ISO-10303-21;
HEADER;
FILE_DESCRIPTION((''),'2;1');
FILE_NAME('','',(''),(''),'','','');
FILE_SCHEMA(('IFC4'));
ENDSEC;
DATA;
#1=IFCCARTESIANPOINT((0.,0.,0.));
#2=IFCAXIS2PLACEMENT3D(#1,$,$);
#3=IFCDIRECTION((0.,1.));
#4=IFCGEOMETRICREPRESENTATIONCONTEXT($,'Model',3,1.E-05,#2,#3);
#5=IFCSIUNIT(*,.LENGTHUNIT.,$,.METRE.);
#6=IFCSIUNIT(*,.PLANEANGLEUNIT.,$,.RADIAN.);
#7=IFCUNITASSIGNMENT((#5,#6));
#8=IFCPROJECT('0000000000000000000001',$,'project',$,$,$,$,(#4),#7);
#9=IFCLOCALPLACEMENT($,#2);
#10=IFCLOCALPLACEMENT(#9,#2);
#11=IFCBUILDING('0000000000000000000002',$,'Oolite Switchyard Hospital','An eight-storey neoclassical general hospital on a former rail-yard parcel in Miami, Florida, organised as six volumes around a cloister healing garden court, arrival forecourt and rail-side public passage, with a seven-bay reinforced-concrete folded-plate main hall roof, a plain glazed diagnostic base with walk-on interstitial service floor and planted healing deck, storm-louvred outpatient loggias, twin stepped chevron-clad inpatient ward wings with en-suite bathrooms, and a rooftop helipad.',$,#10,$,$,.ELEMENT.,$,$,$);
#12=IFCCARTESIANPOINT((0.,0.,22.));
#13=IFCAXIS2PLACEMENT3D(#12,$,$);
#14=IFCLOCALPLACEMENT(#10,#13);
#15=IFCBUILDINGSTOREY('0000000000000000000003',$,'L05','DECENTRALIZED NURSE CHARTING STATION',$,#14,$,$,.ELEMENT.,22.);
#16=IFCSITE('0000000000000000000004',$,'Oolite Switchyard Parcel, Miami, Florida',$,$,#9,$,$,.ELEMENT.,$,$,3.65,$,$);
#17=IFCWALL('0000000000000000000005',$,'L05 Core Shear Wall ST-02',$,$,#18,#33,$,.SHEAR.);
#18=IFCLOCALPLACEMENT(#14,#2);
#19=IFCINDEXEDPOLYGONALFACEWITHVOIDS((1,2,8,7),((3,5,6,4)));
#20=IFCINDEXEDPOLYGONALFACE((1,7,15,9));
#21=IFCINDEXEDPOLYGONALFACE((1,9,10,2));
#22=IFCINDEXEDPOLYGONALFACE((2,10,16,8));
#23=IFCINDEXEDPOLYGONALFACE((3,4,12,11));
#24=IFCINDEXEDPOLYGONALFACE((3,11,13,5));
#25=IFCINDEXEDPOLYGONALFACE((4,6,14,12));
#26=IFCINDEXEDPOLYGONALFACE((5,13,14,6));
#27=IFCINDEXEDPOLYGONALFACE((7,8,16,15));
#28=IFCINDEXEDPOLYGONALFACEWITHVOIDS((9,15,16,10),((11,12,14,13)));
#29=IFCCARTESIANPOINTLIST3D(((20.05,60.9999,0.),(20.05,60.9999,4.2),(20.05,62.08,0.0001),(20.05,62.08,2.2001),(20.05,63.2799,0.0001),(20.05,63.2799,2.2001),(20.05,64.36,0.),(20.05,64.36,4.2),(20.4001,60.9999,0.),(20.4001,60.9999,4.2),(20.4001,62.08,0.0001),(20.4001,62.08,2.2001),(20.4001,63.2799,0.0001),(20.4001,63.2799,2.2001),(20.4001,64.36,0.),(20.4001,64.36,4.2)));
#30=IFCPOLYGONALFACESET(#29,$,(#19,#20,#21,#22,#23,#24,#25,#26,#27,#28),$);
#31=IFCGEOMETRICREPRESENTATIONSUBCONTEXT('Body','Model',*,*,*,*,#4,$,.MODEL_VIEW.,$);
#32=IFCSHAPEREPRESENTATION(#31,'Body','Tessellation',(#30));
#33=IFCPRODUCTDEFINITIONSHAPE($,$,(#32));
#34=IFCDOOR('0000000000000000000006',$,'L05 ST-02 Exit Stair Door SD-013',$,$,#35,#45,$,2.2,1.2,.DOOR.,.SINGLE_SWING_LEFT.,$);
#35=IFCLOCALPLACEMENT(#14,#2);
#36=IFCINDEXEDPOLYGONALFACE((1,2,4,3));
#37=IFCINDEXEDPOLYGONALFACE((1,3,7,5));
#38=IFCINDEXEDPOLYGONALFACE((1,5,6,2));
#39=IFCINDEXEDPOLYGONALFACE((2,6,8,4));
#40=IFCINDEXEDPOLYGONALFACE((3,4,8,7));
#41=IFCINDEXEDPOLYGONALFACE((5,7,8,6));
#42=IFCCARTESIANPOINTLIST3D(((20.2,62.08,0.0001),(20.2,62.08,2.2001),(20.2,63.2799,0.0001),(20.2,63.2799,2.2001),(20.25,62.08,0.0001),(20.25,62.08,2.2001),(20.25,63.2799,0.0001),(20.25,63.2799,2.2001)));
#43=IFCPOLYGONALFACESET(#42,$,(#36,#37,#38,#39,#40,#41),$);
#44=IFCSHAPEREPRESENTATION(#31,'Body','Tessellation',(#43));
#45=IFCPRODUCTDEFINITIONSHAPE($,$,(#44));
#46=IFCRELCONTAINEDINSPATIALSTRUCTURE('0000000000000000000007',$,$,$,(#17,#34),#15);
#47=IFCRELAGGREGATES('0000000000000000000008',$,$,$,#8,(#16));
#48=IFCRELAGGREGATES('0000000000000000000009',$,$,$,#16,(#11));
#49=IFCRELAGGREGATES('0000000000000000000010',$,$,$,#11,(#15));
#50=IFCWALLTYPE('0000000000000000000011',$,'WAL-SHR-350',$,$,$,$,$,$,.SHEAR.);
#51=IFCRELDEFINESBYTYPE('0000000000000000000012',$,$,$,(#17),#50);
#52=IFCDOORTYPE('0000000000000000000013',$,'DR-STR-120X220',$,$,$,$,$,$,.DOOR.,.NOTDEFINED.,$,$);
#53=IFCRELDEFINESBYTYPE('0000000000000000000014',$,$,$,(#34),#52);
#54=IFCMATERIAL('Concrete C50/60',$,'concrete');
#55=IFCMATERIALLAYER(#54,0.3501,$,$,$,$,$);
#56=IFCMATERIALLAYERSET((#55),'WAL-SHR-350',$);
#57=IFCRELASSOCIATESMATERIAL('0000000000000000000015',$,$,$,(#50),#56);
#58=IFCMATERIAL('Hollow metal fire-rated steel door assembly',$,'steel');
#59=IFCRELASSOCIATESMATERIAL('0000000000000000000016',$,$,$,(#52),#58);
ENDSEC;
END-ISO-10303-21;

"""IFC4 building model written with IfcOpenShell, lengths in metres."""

from ifc_helpers import new_model, si_unit, direction, frame, frame_2d, origin, place, context, subcontext, project, spatial, rectangle, extrude, material, layer, layer_set, type_object, element, fill, save


model = new_model("IFC4")

# Units and contexts
model_context = context("Model", 3, precision=1e-05, world=origin(), true_north=direction((0.0, 1.0)))
body_context = subcontext(model_context, "Body", "Model", "MODEL_VIEW")
ifc_project = project(units=[si_unit("LENGTHUNIT", "METRE"), si_unit("PLANEANGLEUNIT", "RADIAN")], contexts=[model_context])

# Site, building, storey
site_placement = place(None, origin())
site = spatial("IfcSite", under=ifc_project, at=site_placement, Name="Oolite Switchyard Parcel, Miami, Florida", CompositionType="ELEMENT", RefElevation=3.65)
building_placement = place(site_placement, origin())
building = spatial("IfcBuilding", under=site, at=building_placement, Name="Oolite Switchyard Hospital", Description="An eight-storey neoclassical general hospital on a former rail-yard parcel in Miami, Florida, organised as six volumes around a cloister healing garden court, arrival forecourt and rail-side public passage, with a seven-bay reinforced-concrete folded-plate main hall roof, a plain glazed diagnostic base with walk-on interstitial service floor and planted healing deck, storm-louvred outpatient loggias, twin stepped chevron-clad inpatient ward wings with en-suite bathrooms, and a rooftop helipad.", CompositionType="ELEMENT")
storey_placement = place(building_placement, frame((0.0, 0.0, 22.0)))
storey = spatial("IfcBuildingStorey", under=building, at=storey_placement, Name="L05", Description="DECENTRALIZED NURSE CHARTING STATION", CompositionType="ELEMENT", Elevation=22.0)

# Shared definitions
ifc_material_1 = material(Name="Concrete C50/60", Category="concrete")

# Wall, opening, door
ifc_layer_1 = layer(ifc_material_1, 0.3501)
ifc_layer_set_1 = layer_set([ifc_layer_1], Name="WAL-SHR-350")
wall_type_1 = type_object("IfcWallType", Name="WAL-SHR-350", PredefinedType="SHEAR", material=ifc_layer_set_1)
wall_1_placement = place(storey_placement, frame((20.2251, 64.3601, 0.0), z_axis=(0.0, 0.0, 1.0), x_axis=(0.0, -1.0, 0.0)))
wall_1 = element("IfcWall", 1, at=wall_1_placement, inside=storey, type_object=wall_type_1, Name="L05 Core Shear Wall ST-02", PredefinedType="SHEAR", context=body_context, shape_type="SweptSolid", body=[
    extrude(rectangle(XDim=3.3601, YDim=0.3501, at=frame_2d((1.6802, 0.0))), origin(), (0.0, 0.0, 1.0), 4.2),
])
opening_1_placement = place(wall_1_placement, frame((1.0801, 0.0, 0.0)))
opening_1 = element("IfcOpeningElement", 2, at=opening_1_placement, cuts=wall_1, PredefinedType="OPENING", context=body_context, shape_type="SweptSolid", body=[
    extrude(rectangle(XDim=1.2, YDim=2.2, at=frame_2d((0.6001, 1.1001))), frame((0.0, 0.1851, 0.0), z_axis=(0.0, -1.0, 0.0), x_axis=(1.0, 0.0, 0.0)), (0.0, 0.0, 1.0), 0.3701),
])
ifc_material_2 = material(Name="Hollow metal fire-rated steel door assembly", Category="steel")
door_type_1 = type_object("IfcDoorType", Name="DR-STR-120X220", OperationType="NOTDEFINED", PredefinedType="DOOR", material=ifc_material_2)
door_1_placement = place(opening_1_placement, origin())
door_1 = element("IfcDoor", 3, at=door_1_placement, inside=storey, type_object=door_type_1, Name="L05 ST-02 Exit Stair Door SD-013", OperationType="SINGLE_SWING_LEFT", OverallHeight=2.2, OverallWidth=1.2, PredefinedType="DOOR", context=body_context, shape_type="SweptSolid", body=[
    extrude(rectangle(XDim=1.2, YDim=2.2, at=frame_2d((0.6001, 1.1001))), frame((0.0, 0.0249, 0.0), z_axis=(0.0, -1.0, 0.0), x_axis=(1.0, 0.0, 0.0)), (0.0, 0.0, 1.0), 0.05),
])
fill(opening_1, door_1)

save(model, "model.ifc")
